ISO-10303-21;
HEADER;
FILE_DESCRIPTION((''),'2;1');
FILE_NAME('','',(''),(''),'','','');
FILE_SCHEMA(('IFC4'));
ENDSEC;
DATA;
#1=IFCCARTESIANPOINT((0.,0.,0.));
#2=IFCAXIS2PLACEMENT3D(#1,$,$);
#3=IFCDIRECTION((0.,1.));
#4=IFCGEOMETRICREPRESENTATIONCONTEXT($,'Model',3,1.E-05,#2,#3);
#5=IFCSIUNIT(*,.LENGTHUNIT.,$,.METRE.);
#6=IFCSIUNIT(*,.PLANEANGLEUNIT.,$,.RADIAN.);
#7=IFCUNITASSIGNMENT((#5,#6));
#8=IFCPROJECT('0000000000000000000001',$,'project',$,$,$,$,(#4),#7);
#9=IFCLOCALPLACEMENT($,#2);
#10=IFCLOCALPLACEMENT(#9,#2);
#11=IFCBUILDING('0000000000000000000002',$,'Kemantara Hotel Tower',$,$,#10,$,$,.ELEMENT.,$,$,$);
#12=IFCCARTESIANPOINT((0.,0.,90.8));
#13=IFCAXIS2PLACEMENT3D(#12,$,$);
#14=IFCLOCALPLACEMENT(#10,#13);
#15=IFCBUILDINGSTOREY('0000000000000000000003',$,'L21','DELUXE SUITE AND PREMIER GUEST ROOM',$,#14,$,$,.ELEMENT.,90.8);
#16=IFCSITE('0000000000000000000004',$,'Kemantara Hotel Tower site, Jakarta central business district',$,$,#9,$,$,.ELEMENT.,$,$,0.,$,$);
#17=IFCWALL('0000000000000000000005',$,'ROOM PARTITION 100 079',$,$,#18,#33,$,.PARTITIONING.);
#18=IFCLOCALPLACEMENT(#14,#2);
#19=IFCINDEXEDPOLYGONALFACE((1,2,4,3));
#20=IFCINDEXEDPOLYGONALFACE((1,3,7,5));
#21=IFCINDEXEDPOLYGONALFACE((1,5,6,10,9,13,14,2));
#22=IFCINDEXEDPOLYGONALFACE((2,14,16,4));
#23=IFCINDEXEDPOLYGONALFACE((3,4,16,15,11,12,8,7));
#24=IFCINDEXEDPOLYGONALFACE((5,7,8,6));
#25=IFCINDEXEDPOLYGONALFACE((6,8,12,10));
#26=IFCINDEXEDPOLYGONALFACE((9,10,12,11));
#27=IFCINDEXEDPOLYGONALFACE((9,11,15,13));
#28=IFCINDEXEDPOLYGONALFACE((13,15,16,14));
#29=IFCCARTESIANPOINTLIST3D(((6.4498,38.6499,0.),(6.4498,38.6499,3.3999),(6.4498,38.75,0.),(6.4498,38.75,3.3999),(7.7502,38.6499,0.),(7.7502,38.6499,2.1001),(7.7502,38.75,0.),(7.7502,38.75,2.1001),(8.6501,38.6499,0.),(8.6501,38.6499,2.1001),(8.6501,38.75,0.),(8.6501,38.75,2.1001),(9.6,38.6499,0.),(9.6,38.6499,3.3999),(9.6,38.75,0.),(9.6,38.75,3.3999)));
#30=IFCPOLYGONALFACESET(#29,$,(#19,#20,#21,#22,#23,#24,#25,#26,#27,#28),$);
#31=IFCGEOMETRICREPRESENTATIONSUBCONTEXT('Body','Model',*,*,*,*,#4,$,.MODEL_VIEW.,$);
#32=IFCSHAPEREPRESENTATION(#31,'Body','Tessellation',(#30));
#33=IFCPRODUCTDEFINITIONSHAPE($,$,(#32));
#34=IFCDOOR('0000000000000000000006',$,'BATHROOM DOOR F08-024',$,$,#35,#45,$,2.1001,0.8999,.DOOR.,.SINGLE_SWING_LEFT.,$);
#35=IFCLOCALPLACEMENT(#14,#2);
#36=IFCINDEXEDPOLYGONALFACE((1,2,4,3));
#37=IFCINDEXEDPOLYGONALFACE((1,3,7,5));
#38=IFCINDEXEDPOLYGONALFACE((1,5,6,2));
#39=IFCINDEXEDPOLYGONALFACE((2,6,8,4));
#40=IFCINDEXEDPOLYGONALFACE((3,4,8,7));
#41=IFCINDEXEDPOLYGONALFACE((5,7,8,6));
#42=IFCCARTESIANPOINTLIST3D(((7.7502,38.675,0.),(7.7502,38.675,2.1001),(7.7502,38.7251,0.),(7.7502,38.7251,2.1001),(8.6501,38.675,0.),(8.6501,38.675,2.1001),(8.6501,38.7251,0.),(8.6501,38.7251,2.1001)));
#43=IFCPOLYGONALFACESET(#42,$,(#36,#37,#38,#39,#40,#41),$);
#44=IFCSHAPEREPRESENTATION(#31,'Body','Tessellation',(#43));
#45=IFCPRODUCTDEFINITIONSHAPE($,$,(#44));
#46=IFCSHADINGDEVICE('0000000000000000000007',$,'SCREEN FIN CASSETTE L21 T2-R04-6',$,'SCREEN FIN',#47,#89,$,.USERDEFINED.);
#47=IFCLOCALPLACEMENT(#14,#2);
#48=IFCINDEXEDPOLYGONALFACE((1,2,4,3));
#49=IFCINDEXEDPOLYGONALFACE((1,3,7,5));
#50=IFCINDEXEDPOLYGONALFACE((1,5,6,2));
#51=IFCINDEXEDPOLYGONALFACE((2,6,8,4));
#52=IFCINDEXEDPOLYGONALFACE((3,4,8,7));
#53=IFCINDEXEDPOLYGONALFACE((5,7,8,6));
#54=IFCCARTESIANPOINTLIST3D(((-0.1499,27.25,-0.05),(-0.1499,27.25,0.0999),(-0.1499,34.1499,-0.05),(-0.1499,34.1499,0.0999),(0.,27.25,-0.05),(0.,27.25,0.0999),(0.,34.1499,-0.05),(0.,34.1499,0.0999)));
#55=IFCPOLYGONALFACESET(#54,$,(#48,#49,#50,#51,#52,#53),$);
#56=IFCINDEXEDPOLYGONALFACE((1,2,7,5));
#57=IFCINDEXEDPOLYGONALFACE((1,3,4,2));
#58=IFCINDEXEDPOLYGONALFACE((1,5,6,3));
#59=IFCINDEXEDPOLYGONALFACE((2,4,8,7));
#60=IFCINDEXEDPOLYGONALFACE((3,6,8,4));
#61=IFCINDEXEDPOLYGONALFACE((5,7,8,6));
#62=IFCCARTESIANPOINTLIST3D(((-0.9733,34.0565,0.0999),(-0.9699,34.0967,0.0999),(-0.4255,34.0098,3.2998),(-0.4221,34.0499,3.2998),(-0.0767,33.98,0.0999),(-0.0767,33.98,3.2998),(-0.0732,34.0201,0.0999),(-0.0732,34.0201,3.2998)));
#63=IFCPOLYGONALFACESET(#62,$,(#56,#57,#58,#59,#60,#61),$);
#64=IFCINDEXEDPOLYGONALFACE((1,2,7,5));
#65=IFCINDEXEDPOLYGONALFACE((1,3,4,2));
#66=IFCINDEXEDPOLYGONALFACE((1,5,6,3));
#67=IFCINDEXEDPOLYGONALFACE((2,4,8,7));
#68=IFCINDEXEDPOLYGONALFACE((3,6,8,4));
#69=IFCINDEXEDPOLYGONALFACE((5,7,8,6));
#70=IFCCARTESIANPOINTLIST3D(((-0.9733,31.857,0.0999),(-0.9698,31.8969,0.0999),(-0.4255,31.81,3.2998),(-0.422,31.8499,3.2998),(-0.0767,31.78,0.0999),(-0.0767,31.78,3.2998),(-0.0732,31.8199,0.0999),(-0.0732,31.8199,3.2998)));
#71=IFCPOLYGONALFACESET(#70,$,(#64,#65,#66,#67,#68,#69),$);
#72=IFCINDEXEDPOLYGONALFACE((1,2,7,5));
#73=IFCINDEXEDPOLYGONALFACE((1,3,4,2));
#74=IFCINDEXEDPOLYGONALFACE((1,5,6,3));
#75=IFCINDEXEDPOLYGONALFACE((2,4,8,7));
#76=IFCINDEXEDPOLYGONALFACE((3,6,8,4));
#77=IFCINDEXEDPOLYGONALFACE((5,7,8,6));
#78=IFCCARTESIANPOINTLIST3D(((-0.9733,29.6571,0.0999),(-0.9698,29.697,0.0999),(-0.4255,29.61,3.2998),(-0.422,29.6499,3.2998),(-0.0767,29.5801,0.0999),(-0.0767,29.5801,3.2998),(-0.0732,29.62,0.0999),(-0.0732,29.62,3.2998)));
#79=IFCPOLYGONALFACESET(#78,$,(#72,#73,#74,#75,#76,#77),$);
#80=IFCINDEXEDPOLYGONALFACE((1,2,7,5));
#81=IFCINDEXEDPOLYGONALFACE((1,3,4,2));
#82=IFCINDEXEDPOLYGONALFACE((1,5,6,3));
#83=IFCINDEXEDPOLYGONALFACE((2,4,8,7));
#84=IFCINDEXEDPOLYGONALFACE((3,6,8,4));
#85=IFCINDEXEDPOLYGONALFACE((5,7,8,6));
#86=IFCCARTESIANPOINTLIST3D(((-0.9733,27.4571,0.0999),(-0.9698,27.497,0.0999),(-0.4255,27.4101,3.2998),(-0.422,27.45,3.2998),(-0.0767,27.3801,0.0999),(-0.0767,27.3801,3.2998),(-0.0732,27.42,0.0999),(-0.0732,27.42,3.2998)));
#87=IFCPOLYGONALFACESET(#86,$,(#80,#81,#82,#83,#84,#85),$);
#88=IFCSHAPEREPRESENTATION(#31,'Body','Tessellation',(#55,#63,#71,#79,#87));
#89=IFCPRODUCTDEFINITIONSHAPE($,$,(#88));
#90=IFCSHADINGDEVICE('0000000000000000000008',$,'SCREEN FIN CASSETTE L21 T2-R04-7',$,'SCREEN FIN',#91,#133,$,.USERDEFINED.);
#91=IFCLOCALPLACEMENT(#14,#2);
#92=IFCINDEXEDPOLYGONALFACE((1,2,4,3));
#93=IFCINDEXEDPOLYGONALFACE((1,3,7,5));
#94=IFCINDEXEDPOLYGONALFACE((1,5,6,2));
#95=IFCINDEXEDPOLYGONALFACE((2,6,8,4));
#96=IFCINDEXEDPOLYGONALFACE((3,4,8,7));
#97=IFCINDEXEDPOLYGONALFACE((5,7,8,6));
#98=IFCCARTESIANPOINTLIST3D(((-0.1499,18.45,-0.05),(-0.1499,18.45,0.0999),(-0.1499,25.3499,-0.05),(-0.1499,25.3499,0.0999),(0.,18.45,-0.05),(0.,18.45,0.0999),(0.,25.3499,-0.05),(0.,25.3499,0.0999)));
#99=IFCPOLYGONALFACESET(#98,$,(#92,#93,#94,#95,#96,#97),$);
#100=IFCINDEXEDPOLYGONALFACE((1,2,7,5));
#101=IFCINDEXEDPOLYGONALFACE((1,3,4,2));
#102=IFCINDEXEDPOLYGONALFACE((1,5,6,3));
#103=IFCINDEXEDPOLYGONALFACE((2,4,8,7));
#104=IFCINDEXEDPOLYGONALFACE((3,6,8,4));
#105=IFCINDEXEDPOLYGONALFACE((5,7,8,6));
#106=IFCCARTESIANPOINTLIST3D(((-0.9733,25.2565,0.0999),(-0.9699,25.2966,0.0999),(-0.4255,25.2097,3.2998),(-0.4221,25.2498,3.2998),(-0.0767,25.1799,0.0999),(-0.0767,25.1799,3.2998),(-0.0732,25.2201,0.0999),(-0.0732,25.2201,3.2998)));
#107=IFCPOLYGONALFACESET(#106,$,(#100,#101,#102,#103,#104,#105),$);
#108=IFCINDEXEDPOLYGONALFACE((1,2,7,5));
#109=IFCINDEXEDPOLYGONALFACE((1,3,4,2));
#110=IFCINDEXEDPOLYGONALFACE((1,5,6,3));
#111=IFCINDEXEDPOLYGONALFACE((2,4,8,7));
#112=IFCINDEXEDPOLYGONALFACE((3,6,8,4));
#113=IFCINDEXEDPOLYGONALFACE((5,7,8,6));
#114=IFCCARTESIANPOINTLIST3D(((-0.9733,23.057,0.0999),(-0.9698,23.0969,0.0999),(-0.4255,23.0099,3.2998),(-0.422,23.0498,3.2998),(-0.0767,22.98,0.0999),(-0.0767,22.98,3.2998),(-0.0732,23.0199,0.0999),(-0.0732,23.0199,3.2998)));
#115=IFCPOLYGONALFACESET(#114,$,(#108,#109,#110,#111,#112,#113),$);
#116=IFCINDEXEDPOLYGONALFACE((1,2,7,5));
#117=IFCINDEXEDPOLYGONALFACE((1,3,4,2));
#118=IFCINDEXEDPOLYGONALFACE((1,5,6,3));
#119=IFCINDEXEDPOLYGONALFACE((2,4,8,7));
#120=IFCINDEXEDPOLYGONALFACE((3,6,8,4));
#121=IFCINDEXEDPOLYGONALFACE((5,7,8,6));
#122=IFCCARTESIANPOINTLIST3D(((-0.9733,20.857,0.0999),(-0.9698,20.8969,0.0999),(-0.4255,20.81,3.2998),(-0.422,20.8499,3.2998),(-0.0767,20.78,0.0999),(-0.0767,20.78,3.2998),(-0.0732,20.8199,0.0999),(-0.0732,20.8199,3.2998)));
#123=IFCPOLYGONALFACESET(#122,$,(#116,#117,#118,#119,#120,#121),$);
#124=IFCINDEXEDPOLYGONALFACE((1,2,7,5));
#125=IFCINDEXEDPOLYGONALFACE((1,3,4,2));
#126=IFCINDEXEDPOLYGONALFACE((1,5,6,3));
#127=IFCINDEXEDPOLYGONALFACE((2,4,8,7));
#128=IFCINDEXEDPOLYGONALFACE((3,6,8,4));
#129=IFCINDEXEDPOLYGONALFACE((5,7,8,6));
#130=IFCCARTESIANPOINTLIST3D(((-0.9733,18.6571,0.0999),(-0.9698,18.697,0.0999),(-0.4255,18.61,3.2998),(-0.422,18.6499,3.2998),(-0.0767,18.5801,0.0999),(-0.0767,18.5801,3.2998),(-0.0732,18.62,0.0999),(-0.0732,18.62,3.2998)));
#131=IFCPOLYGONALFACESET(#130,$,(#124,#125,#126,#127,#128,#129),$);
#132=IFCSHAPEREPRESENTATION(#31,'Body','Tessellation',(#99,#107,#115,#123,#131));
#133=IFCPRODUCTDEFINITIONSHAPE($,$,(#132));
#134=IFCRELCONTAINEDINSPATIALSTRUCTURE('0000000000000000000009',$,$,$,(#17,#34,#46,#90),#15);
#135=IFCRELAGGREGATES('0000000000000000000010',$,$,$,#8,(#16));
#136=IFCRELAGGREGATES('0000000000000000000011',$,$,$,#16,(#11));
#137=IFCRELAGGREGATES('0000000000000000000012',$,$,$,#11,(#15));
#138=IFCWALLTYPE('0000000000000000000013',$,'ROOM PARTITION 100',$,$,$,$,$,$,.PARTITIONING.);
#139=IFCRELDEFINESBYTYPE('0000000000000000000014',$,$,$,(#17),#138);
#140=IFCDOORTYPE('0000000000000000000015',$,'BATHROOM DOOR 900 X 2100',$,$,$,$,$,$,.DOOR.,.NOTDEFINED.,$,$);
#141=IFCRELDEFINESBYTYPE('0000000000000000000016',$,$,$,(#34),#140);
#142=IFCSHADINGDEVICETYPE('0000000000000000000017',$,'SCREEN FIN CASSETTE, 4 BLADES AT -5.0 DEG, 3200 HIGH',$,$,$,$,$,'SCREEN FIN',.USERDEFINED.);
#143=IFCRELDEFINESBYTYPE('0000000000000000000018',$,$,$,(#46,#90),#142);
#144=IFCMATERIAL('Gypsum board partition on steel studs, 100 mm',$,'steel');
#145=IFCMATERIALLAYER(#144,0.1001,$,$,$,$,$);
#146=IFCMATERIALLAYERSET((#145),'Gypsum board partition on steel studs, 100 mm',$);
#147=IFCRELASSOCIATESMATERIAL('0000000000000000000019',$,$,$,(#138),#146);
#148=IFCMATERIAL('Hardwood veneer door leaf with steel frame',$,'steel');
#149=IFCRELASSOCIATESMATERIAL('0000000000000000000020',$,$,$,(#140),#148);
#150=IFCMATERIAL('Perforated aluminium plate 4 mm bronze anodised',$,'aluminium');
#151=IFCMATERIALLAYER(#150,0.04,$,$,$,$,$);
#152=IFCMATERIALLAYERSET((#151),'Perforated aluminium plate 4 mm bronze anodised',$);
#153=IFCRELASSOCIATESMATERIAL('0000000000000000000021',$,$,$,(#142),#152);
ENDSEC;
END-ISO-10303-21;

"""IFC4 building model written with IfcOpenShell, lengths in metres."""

from ifc_helpers import new_model, si_unit, direction, frame, frame_2d, origin, origin_2d, place, context, subcontext, project, spatial, polyline, rectangle, outline, extrude, source, transform, mapped, material, layer, layer_set, type_object, element, fill, save


model = new_model("IFC4")

# Units and contexts
model_context = context("Model", 3, precision=1e-05, world=origin(), true_north=direction((0.0, 1.0)))
body_context = subcontext(model_context, "Body", "Model", "MODEL_VIEW")
ifc_project = project(units=[si_unit("LENGTHUNIT", "METRE"), si_unit("PLANEANGLEUNIT", "RADIAN")], contexts=[model_context])

# Site, building, storey
site_placement = place(None, origin())
site = spatial("IfcSite", under=ifc_project, at=site_placement, Name="Kemantara Hotel Tower site, Jakarta central business district", CompositionType="ELEMENT", RefElevation=0.0)
building_placement = place(site_placement, origin())
building = spatial("IfcBuilding", under=site, at=building_placement, Name="Kemantara Hotel Tower", CompositionType="ELEMENT")
storey_placement = place(building_placement, frame((0.0, 0.0, 90.8)))
storey = spatial("IfcBuildingStorey", under=building, at=storey_placement, Name="L21", Description="DELUXE SUITE AND PREMIER GUEST ROOM", CompositionType="ELEMENT", Elevation=90.8)

# Shared definitions
ifc_material_1 = material(Name="Hardwood veneer door leaf with steel frame", Category="steel")

# Shared definitions
ifc_material_2 = material(Name="Gypsum board partition on steel studs, 100 mm", Category="steel")
ifc_layer_1 = layer(ifc_material_2, 0.1001)
ifc_layer_set_1 = layer_set([ifc_layer_1], Name="Gypsum board partition on steel studs, 100 mm")
wall_type_1 = type_object("IfcWallType", Name="ROOM PARTITION 100", PredefinedType="PARTITIONING", material=ifc_layer_set_1)

# Shared definitions
door_type_1 = type_object("IfcDoorType", Name="BATHROOM DOOR 900 X 2100", OperationType="NOTDEFINED", PredefinedType="DOOR", material=ifc_material_1)

# Wall, opening, door
wall_1_placement = place(storey_placement, frame((9.6001, 38.7, 0.0), z_axis=(0.0, 0.0, 1.0), x_axis=(-1.0, 0.0, 0.0)))
wall_1 = element("IfcWall", 1, at=wall_1_placement, inside=storey, type_object=wall_type_1, Name="ROOM PARTITION 100 079", PredefinedType="PARTITIONING", context=body_context, shape_type="SweptSolid", body=[
    extrude(rectangle(XDim=3.1501, YDim=0.1001, at=frame_2d((1.5752, 0.0))), origin(), (0.0, 0.0, 1.0), 3.3999),
])
opening_1_placement = place(wall_1_placement, frame((0.95, 0.0, 0.0)))
opening_1 = element("IfcOpeningElement", 2, at=opening_1_placement, cuts=wall_1, PredefinedType="OPENING", context=body_context, shape_type="SweptSolid", body=[
    extrude(rectangle(XDim=0.8999, YDim=2.1001, at=frame_2d((0.45, 1.05))), frame((0.0, 0.0601, 0.0), z_axis=(0.0, -1.0, 0.0), x_axis=(1.0, 0.0, 0.0)), (0.0, 0.0, 1.0), 0.1201),
])
door_1_placement = place(opening_1_placement, origin())
door_1 = element("IfcDoor", 3, at=door_1_placement, inside=storey, type_object=door_type_1, Name="BATHROOM DOOR F08-024", OperationType="SINGLE_SWING_LEFT", OverallHeight=2.1001, OverallWidth=0.8999, PredefinedType="DOOR", context=body_context, shape_type="SweptSolid", body=[
    extrude(rectangle(XDim=0.8999, YDim=2.1001, at=frame_2d((0.45, 1.05))), frame((0.0, 0.0249, 0.0), z_axis=(0.0, -1.0, 0.0), x_axis=(1.0, 0.0, 0.0)), (0.0, 0.0, 1.0), 0.05),
])
fill(opening_1, door_1)

# Shading devices
ifc_material_3 = material(Name="Perforated aluminium plate 4 mm bronze anodised", Category="aluminium")
ifc_layer_2 = layer(ifc_material_3, 0.04)
ifc_layer_set_2 = layer_set([ifc_layer_2], Name="Perforated aluminium plate 4 mm bronze anodised")
shading_device_type = type_object("IfcShadingDeviceType", Name="SCREEN FIN CASSETTE, 4 BLADES AT -5.0 DEG, 3200 HIGH", ElementType="SCREEN FIN", PredefinedType="USERDEFINED", material=ifc_layer_set_2)
shared_shape = source(origin(), body_context, "Body", "SweptSolid", [
    extrude(rectangle(XDim=6.8999, YDim=0.1499, at=origin_2d()), frame((3.3, -0.075, -0.1499), z_axis=(0.0, 0.0, 1.0), x_axis=(1.0, 0.0, 0.0)), (0.0, 0.0, 1.0), 0.1499),
    extrude(outline(polyline([(0.0, 0.0), (0.8999, 0.0), (0.3501, 3.2), (0.0, 3.2), (0.0, 0.0)])), frame((0.02, -0.0767, 0.0), z_axis=(-0.996376, 0.085056, 0.0), x_axis=(-0.085056, -0.996376, 0.0)), (0.0, 0.0, 1.0), 0.0403),
    extrude(outline(polyline([(0.0, 0.0), (0.8999, 0.0), (0.3501, 3.2), (0.0, 3.2), (0.0, 0.0)])), frame((2.22, -0.0767, 0.0), z_axis=(-0.996332, 0.085575, 0.0), x_axis=(-0.085575, -0.996332, 0.0)), (0.0, 0.0, 1.0), 0.04),
    extrude(outline(polyline([(0.0, 0.0), (0.8999, 0.0), (0.3501, 3.2), (0.0, 3.2), (0.0, 0.0)])), frame((4.4199, -0.0767, 0.0), z_axis=(-0.996332, 0.085575, 0.0), x_axis=(-0.085575, -0.996332, 0.0)), (0.0, 0.0, 1.0), 0.04),
    extrude(outline(polyline([(0.0, 0.0), (0.8999, 0.0), (0.3501, 3.2), (0.0, 3.2), (0.0, 0.0)])), frame((6.6199, -0.0767, 0.0), z_axis=(-0.996332, 0.085575, 0.0), x_axis=(-0.085575, -0.996332, 0.0)), (0.0, 0.0, 1.0), 0.04),
])
for number, where, z_axis, x_axis, name in (
    (4, (0.0, 34.0, 0.0999), (0.0, 0.0, 1.0), (0.0, -1.0, 0.0), "SCREEN FIN CASSETTE L21 T2-R04-6"),
    (5, (0.0, 25.2, 0.0999), (0.0, 0.0, 1.0), (0.0, -1.0, 0.0), "SCREEN FIN CASSETTE L21 T2-R04-7"),
):
    element("IfcShadingDevice", number, at=place(storey_placement, frame(where, z_axis=z_axis, x_axis=x_axis)), inside=storey, type_object=shading_device_type, Name=name, ObjectType="SCREEN FIN", PredefinedType="USERDEFINED", context=body_context, shape_type="MappedRepresentation", body=[
        mapped(shared_shape, transform((0.0, 0.0, 0.0))),
    ])

save(model, "model.ifc")
